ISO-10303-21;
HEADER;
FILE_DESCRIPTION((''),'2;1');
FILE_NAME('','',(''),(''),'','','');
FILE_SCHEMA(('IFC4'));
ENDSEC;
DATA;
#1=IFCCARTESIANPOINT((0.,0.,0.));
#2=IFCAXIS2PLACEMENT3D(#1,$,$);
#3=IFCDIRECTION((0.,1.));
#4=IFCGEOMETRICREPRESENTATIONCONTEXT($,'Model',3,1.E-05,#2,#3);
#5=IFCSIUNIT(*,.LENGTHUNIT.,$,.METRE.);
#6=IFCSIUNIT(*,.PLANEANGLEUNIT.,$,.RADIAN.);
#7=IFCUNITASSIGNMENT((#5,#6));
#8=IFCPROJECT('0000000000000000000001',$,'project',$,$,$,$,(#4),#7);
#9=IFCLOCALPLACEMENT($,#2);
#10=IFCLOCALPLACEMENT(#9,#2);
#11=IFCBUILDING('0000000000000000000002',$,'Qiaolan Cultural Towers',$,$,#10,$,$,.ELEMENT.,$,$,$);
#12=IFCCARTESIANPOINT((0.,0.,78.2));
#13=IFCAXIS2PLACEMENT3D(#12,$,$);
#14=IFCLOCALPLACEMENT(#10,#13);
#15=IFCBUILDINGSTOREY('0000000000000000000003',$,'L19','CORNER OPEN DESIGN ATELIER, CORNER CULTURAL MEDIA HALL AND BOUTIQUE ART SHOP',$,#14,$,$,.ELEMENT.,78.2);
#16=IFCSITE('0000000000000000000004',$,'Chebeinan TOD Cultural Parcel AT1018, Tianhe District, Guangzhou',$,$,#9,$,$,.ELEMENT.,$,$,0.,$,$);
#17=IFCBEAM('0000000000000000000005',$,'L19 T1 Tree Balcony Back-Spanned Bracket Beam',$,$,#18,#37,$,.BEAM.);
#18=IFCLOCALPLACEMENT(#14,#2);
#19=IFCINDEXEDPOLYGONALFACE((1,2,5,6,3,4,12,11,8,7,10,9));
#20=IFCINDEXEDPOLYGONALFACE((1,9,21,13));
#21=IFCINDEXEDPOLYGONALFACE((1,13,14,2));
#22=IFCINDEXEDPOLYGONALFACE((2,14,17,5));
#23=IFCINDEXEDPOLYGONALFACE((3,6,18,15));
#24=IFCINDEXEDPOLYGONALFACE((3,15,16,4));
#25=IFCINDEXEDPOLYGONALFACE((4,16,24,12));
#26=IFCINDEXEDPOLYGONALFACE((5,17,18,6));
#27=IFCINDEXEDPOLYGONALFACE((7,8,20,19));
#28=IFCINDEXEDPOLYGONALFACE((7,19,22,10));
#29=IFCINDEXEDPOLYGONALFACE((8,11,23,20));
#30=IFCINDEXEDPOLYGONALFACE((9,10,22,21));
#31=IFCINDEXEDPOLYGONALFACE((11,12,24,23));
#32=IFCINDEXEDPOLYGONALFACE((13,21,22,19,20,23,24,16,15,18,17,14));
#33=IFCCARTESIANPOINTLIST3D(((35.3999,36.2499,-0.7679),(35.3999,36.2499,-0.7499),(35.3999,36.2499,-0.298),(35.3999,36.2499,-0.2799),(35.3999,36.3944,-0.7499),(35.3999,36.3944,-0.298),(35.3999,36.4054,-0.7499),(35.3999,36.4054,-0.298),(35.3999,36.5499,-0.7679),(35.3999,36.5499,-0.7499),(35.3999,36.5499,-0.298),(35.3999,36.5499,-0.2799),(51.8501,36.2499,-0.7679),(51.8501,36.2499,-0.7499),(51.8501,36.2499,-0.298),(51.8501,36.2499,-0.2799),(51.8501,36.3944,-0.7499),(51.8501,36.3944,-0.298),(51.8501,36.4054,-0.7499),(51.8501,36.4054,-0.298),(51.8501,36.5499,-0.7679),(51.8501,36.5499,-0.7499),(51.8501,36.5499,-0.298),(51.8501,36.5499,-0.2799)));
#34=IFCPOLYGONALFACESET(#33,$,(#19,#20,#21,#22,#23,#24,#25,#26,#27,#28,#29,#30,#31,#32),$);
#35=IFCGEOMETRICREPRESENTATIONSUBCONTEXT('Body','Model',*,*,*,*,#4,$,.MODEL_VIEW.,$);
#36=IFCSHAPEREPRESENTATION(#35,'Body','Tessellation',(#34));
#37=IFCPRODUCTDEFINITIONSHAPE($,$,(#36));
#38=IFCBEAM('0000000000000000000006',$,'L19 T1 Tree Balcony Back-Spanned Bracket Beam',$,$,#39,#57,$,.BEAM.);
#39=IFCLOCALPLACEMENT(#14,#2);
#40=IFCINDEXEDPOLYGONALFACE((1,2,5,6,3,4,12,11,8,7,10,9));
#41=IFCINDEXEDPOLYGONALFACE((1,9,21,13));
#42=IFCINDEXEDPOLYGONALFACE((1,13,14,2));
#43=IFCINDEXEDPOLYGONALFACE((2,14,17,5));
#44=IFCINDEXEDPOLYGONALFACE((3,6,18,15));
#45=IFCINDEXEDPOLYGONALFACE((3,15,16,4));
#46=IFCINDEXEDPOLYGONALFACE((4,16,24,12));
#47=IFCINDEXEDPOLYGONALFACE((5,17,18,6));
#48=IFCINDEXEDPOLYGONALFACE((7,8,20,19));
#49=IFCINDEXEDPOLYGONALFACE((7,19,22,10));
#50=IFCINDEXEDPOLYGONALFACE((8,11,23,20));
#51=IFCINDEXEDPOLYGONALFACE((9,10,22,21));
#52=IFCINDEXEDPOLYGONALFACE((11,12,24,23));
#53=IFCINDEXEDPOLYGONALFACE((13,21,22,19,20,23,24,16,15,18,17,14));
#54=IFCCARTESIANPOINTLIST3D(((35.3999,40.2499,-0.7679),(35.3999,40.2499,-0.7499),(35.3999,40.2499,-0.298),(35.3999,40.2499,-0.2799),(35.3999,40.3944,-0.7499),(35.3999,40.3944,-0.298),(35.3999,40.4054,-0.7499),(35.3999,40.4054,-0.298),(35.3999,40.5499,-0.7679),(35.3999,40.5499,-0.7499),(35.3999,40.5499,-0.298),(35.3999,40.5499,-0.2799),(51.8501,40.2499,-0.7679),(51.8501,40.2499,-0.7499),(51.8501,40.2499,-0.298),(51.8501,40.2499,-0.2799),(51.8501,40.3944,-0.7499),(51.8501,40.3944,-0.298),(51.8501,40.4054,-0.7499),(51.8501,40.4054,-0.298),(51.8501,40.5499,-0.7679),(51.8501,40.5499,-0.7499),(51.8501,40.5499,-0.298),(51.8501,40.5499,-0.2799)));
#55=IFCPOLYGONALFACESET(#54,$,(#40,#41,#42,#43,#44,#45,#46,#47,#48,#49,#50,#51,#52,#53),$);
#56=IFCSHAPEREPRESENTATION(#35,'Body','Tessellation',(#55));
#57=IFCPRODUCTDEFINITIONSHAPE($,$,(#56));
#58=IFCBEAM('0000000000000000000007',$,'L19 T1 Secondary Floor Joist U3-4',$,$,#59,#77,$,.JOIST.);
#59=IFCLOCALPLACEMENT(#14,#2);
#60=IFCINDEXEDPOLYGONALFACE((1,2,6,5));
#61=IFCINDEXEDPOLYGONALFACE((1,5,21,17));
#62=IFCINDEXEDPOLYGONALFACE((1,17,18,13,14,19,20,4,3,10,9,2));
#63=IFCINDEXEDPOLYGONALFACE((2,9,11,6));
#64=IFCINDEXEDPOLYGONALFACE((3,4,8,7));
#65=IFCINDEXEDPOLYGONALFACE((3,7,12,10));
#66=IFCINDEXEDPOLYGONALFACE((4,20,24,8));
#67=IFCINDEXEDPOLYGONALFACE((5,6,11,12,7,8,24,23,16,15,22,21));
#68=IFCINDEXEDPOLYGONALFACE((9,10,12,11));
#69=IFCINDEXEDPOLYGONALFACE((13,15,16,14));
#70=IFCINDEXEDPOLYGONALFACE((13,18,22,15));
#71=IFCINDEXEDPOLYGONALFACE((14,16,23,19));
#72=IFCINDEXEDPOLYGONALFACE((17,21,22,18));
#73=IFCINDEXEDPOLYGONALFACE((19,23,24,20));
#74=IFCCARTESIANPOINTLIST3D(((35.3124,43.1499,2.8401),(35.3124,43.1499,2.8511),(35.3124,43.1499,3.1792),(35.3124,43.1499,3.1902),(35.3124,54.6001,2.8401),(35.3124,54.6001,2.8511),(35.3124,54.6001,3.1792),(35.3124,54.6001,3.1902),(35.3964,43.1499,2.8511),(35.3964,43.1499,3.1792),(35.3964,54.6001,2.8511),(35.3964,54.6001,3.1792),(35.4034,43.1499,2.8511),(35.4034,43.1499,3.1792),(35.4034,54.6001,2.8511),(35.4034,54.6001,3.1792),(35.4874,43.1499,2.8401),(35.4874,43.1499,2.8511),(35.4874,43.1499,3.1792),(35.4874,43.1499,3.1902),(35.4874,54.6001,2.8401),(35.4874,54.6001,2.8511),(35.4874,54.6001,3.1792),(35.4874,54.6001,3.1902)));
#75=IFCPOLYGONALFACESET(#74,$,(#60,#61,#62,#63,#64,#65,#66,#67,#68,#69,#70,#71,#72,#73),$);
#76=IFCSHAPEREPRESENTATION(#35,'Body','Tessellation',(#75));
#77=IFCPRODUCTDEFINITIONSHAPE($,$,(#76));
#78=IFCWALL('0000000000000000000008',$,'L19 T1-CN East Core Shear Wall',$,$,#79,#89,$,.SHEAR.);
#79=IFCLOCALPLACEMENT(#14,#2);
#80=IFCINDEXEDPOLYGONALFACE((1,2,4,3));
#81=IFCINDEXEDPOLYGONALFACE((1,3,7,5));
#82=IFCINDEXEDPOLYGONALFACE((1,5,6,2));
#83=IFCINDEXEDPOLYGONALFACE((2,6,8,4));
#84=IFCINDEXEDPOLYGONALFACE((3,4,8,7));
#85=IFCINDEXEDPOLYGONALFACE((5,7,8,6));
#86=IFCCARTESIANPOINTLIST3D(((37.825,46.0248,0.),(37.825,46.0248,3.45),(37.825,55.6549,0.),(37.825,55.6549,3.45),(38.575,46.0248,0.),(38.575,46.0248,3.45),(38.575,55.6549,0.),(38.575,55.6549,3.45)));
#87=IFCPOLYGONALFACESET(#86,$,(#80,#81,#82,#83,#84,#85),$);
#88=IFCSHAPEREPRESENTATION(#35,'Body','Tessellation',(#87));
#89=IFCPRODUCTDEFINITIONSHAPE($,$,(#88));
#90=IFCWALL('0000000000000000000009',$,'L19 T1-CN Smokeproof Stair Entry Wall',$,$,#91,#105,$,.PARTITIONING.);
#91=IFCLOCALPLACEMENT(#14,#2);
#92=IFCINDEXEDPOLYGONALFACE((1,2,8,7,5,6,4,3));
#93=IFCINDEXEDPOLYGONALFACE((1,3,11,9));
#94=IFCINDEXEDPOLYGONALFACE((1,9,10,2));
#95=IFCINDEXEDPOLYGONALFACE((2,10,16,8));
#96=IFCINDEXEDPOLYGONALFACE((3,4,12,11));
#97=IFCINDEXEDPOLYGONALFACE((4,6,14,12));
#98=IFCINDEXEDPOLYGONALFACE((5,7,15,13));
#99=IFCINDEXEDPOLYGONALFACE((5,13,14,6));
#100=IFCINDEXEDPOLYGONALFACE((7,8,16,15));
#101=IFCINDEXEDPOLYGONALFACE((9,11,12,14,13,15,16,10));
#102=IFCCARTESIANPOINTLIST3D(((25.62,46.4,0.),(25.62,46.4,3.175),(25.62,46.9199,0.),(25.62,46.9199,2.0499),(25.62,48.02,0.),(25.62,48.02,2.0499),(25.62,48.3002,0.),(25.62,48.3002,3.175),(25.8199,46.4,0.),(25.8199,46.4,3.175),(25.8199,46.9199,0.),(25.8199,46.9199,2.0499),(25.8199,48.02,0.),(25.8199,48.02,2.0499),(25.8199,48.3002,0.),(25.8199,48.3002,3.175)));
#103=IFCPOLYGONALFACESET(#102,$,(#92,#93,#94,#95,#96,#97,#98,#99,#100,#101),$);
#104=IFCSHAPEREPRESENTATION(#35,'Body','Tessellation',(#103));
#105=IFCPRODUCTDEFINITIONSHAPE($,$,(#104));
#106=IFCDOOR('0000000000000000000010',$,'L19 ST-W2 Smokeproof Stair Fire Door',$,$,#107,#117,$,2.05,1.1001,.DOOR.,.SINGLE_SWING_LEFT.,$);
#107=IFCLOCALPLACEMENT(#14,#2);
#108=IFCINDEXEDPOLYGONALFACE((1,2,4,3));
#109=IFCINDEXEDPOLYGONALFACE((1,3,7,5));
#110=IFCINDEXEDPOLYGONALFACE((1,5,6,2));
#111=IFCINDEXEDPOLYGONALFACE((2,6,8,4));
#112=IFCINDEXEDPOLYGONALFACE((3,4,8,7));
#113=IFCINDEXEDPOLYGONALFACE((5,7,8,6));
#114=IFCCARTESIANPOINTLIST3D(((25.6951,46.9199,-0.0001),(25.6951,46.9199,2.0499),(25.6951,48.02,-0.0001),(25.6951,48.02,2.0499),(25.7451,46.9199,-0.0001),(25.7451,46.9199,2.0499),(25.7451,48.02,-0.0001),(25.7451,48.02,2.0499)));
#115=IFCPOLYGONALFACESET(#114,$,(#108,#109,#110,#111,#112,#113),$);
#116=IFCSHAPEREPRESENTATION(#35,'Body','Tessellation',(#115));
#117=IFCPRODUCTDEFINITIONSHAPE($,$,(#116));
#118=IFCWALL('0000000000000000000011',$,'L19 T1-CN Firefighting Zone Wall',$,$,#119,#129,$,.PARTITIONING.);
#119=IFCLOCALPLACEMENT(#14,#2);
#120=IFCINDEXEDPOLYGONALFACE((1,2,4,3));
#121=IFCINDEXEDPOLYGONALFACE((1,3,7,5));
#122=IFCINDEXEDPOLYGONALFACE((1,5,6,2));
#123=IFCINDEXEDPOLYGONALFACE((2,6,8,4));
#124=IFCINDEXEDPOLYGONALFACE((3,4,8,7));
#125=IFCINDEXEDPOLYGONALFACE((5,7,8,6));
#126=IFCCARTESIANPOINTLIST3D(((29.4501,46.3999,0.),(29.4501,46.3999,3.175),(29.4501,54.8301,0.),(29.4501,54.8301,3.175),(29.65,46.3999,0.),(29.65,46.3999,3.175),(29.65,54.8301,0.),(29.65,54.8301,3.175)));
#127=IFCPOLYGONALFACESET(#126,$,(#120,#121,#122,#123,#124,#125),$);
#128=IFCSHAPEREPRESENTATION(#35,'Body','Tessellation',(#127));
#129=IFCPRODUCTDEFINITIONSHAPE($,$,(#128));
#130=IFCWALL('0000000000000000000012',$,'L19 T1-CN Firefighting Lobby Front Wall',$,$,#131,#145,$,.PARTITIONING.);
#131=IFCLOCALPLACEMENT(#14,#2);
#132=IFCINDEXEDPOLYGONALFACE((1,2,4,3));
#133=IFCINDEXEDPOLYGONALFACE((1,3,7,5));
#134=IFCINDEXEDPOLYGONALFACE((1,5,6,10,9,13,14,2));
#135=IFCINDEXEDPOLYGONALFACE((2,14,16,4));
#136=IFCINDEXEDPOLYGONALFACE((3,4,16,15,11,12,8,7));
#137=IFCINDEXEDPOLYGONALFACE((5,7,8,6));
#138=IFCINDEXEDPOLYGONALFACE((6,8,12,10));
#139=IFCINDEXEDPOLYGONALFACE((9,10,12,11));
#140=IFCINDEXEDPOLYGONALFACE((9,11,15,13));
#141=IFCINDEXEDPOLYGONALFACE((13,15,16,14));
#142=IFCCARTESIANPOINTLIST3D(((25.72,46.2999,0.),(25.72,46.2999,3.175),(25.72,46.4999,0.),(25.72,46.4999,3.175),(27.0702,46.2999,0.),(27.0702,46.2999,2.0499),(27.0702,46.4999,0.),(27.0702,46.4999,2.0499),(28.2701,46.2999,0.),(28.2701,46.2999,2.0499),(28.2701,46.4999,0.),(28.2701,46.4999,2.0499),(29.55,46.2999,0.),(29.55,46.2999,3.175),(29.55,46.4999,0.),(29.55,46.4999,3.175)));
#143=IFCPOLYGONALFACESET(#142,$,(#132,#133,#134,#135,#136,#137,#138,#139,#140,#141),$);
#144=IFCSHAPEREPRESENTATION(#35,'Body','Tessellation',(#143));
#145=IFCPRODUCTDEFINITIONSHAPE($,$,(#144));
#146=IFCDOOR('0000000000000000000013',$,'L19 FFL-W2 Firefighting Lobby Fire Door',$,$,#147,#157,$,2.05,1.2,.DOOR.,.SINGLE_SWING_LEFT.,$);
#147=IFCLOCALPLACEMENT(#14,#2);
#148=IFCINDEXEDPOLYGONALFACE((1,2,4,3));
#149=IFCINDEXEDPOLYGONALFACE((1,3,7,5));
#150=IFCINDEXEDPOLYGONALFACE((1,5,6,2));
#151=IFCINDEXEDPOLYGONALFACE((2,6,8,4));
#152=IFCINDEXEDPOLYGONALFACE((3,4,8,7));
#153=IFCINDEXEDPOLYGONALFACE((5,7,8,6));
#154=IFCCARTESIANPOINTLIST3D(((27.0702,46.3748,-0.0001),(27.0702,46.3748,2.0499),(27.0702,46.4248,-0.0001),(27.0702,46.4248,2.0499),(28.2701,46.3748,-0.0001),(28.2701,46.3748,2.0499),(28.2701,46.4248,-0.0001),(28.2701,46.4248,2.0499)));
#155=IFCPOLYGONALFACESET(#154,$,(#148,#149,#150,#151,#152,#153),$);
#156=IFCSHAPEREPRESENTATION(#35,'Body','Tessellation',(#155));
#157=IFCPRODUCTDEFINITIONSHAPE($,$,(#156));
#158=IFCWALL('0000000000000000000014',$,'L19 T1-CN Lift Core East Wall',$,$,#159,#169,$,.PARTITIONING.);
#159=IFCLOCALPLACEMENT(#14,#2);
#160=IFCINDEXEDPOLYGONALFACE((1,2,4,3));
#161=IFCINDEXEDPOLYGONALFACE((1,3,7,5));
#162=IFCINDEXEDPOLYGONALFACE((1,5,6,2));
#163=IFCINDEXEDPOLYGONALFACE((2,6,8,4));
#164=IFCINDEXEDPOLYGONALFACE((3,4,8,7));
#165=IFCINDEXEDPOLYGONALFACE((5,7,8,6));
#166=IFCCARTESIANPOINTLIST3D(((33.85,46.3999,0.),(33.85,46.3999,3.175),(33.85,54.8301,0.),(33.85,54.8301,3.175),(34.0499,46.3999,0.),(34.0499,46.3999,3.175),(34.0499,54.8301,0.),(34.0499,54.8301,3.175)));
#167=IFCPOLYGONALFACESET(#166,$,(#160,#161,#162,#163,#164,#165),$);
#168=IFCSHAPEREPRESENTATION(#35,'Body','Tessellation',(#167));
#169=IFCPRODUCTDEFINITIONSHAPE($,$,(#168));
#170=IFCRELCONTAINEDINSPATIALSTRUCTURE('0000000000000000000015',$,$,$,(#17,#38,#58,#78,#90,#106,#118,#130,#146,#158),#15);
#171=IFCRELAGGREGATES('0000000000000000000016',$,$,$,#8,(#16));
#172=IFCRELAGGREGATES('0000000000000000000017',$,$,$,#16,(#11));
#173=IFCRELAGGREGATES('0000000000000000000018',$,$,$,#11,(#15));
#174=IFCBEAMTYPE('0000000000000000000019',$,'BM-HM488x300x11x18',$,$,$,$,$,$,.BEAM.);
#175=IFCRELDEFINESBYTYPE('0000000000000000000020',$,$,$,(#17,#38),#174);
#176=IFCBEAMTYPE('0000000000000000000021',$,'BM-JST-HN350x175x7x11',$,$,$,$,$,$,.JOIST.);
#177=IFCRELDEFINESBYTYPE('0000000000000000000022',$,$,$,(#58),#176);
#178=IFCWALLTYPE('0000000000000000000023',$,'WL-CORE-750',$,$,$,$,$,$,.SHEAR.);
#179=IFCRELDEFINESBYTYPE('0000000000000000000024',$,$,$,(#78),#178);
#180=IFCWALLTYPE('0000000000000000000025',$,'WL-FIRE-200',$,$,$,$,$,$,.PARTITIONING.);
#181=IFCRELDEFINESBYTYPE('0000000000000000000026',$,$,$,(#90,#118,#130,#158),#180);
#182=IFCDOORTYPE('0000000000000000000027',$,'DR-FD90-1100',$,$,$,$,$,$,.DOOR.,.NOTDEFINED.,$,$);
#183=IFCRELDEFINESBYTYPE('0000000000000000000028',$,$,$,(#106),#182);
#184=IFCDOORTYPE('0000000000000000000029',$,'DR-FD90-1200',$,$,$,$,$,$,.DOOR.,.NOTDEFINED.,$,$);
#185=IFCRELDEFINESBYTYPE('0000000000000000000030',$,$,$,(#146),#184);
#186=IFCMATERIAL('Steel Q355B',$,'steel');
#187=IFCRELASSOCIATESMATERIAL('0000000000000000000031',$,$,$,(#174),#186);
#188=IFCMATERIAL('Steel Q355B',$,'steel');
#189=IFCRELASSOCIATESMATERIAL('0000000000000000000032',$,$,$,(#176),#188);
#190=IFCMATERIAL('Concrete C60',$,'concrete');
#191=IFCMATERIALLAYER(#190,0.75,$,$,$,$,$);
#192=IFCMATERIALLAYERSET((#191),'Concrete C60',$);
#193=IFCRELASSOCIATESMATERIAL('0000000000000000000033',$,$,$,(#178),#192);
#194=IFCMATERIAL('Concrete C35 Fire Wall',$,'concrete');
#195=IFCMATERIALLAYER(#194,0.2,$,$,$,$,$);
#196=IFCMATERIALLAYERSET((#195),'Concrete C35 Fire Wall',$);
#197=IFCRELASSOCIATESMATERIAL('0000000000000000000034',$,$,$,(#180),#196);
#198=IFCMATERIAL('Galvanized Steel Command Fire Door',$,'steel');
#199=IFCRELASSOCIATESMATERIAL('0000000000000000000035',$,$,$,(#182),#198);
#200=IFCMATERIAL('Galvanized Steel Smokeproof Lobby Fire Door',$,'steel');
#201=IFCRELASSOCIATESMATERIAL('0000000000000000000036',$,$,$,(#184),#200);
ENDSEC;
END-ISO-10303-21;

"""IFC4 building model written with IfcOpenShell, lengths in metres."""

from ifc_helpers import new_model, si_unit, direction, frame, frame_2d, origin, origin_2d, place, context, subcontext, project, spatial, rectangle, i_section, extrude, material, layer, layer_set, material_profile, profile_set, type_object, element, fill, save


model = new_model("IFC4")

# Units and contexts
model_context = context("Model", 3, precision=1e-05, world=origin(), true_north=direction((0.0, 1.0)))
body_context = subcontext(model_context, "Body", "Model", "MODEL_VIEW")
ifc_project = project(units=[si_unit("LENGTHUNIT", "METRE"), si_unit("PLANEANGLEUNIT", "RADIAN")], contexts=[model_context])

# Site, building, storey
site_placement = place(None, origin())
site = spatial("IfcSite", under=ifc_project, at=site_placement, Name="Chebeinan TOD Cultural Parcel AT1018, Tianhe District, Guangzhou", CompositionType="ELEMENT", RefElevation=0.0)
building_placement = place(site_placement, origin())
building = spatial("IfcBuilding", under=site, at=building_placement, Name="Qiaolan Cultural Towers", CompositionType="ELEMENT")
storey_placement = place(building_placement, frame((0.0, 0.0, 78.2)))
storey = spatial("IfcBuildingStorey", under=building, at=storey_placement, Name="L19", Description="CORNER OPEN DESIGN ATELIER, CORNER CULTURAL MEDIA HALL AND BOUTIQUE ART SHOP", CompositionType="ELEMENT", Elevation=78.2)

# Beams
ifc_material_1 = material(Name="Steel Q355B", Category="steel")
ifc_material_profile_1 = material_profile(ifc_material_1, i_section(OverallWidth=0.3, OverallDepth=0.488, WebThickness=0.011, FlangeThickness=0.0181, at=origin_2d()), Name="HM488x300x11x18")
ifc_profile_set_1 = profile_set([ifc_material_profile_1], Name="Steel Q355B")
beam_type_1 = type_object("IfcBeamType", Name="BM-HM488x300x11x18", PredefinedType="BEAM", material=ifc_profile_set_1)
for number, where, z_axis, x_axis, name in (
    (1, (35.3999, 36.3999, -0.5239), (1.0, 0.0, 0.0), (0.0, 1.0, 0.0), "L19 T1 Tree Balcony Back-Spanned Bracket Beam"),
    (2, (35.3999, 40.3999, -0.5239), (1.0, 0.0, 0.0), (0.0, 1.0, 0.0), "L19 T1 Tree Balcony Back-Spanned Bracket Beam"),
):
    element("IfcBeam", number, at=place(storey_placement, frame(where, z_axis=z_axis, x_axis=x_axis)), inside=storey, type_object=beam_type_1, Name=name, PredefinedType="BEAM", context=body_context, shape_type="SweptSolid", body=[
        extrude(i_section(OverallWidth=0.3, OverallDepth=0.488, WebThickness=0.011, FlangeThickness=0.0181, at=origin_2d()), origin(), (0.0, 0.0, 1.0), 16.4502),
    ])
ifc_material_2 = material(Name="Steel Q355B", Category="steel")
ifc_material_profile_2 = material_profile(ifc_material_2, i_section(OverallWidth=0.175, OverallDepth=0.3501, WebThickness=0.0071, FlangeThickness=0.011, at=origin_2d()), Name="HN350x175x7x11")
ifc_profile_set_2 = profile_set([ifc_material_profile_2], Name="Steel Q355B")
beam_type_2 = type_object("IfcBeamType", Name="BM-JST-HN350x175x7x11", PredefinedType="JOIST", material=ifc_profile_set_2)
beam_placement = place(storey_placement, frame((35.3999, 43.1499, 3.0151), z_axis=(0.0, 1.0, 0.0), x_axis=(-1.0, 0.0, 0.0)))
element("IfcBeam", 3, at=beam_placement, inside=storey, type_object=beam_type_2, Name="L19 T1 Secondary Floor Joist U3-4", PredefinedType="JOIST", context=body_context, shape_type="SweptSolid", body=[
    extrude(i_section(OverallWidth=0.175, OverallDepth=0.3501, WebThickness=0.0071, FlangeThickness=0.011, at=origin_2d()), origin(), (0.0, 0.0, 1.0), 11.4502),
])

# Wall
ifc_material_3 = material(Name="Concrete C60", Category="concrete")
ifc_layer_1 = layer(ifc_material_3, 0.75)
ifc_layer_set_1 = layer_set([ifc_layer_1], Name="Concrete C60")
wall_type_1 = type_object("IfcWallType", Name="WL-CORE-750", PredefinedType="SHEAR", material=ifc_layer_set_1)
wall_1_placement = place(storey_placement, frame((38.2, 46.0249, 0.0), z_axis=(0.0, 0.0, 1.0), x_axis=(0.0, 1.0, 0.0)))
element("IfcWall", 4, at=wall_1_placement, inside=storey, type_object=wall_type_1, Name="L19 T1-CN East Core Shear Wall", PredefinedType="SHEAR", context=body_context, shape_type="SweptSolid", body=[
    extrude(rectangle(XDim=9.6301, YDim=0.75, at=frame_2d((4.8149, 0.0))), origin(), (0.0, 0.0, 1.0), 3.45),
])

# Wall, opening, door
ifc_material_4 = material(Name="Concrete C35 Fire Wall", Category="concrete")
ifc_layer_2 = layer(ifc_material_4, 0.2)
ifc_layer_set_2 = layer_set([ifc_layer_2], Name="Concrete C35 Fire Wall")
wall_type_2 = type_object("IfcWallType", Name="WL-FIRE-200", PredefinedType="PARTITIONING", material=ifc_layer_set_2)
wall_2_placement = place(storey_placement, frame((25.72, 46.3999, 0.0), z_axis=(0.0, 0.0, 1.0), x_axis=(0.0, 1.0, 0.0)))
wall_2 = element("IfcWall", 5, at=wall_2_placement, inside=storey, type_object=wall_type_2, Name="L19 T1-CN Smokeproof Stair Entry Wall", PredefinedType="PARTITIONING", context=body_context, shape_type="SweptSolid", body=[
    extrude(rectangle(XDim=1.9001, YDim=0.2, at=frame_2d((0.9502, 0.0))), origin(), (0.0, 0.0, 1.0), 3.175),
])
opening_1_placement = place(wall_2_placement, frame((0.52, 0.0, 0.0)))
opening_1 = element("IfcOpeningElement", 6, at=opening_1_placement, cuts=wall_2, PredefinedType="OPENING", context=body_context, shape_type="SweptSolid", body=[
    extrude(rectangle(XDim=1.1001, YDim=2.05, at=frame_2d((0.55, 1.0249))), frame((0.0, 0.1099, 0.0), z_axis=(0.0, -1.0, 0.0), x_axis=(1.0, 0.0, 0.0)), (0.0, 0.0, 1.0), 0.22),
])
ifc_material_5 = material(Name="Galvanized Steel Command Fire Door", Category="steel")
door_type_1 = type_object("IfcDoorType", Name="DR-FD90-1100", OperationType="NOTDEFINED", PredefinedType="DOOR", material=ifc_material_5)
door_1_placement = place(opening_1_placement, origin())
door_1 = element("IfcDoor", 7, at=door_1_placement, inside=storey, type_object=door_type_1, Name="L19 ST-W2 Smokeproof Stair Fire Door", OperationType="SINGLE_SWING_LEFT", OverallHeight=2.05, OverallWidth=1.1001, PredefinedType="DOOR", context=body_context, shape_type="SweptSolid", body=[
    extrude(rectangle(XDim=1.1001, YDim=2.05, at=frame_2d((0.55, 1.0249))), frame((0.0, 0.0249, 0.0), z_axis=(0.0, -1.0, 0.0), x_axis=(1.0, 0.0, 0.0)), (0.0, 0.0, 1.0), 0.05),
])
fill(opening_1, door_1)

# Wall
wall_3_placement = place(storey_placement, frame((29.55, 46.3999, 0.0), z_axis=(0.0, 0.0, 1.0), x_axis=(0.0, 1.0, 0.0)))
element("IfcWall", 8, at=wall_3_placement, inside=storey, type_object=wall_type_2, Name="L19 T1-CN Firefighting Zone Wall", PredefinedType="PARTITIONING", context=body_context, shape_type="SweptSolid", body=[
    extrude(rectangle(XDim=8.4302, YDim=0.2, at=frame_2d((4.2151, 0.0))), origin(), (0.0, 0.0, 1.0), 3.175),
])

# Wall, opening, door
wall_4_placement = place(storey_placement, frame((25.72, 46.3999, 0.0), z_axis=(0.0, 0.0, 1.0), x_axis=(1.0, 0.0, 0.0)))
wall_4 = element("IfcWall", 9, at=wall_4_placement, inside=storey, type_object=wall_type_2, Name="L19 T1-CN Firefighting Lobby Front Wall", PredefinedType="PARTITIONING", context=body_context, shape_type="SweptSolid", body=[
    extrude(rectangle(XDim=3.8301, YDim=0.2, at=frame_2d((1.915, 0.0))), origin(), (0.0, 0.0, 1.0), 3.175),
])
opening_2_placement = place(wall_4_placement, frame((1.3501, 0.0, 0.0)))
opening_2 = element("IfcOpeningElement", 10, at=opening_2_placement, cuts=wall_4, PredefinedType="OPENING", context=body_context, shape_type="SweptSolid", body=[
    extrude(rectangle(XDim=1.2, YDim=2.05, at=frame_2d((0.6001, 1.0249))), frame((0.0, 0.1099, 0.0), z_axis=(0.0, -1.0, 0.0), x_axis=(1.0, 0.0, 0.0)), (0.0, 0.0, 1.0), 0.22),
])
ifc_material_6 = material(Name="Galvanized Steel Smokeproof Lobby Fire Door", Category="steel")
door_type_2 = type_object("IfcDoorType", Name="DR-FD90-1200", OperationType="NOTDEFINED", PredefinedType="DOOR", material=ifc_material_6)
door_2_placement = place(opening_2_placement, origin())
door_2 = element("IfcDoor", 11, at=door_2_placement, inside=storey, type_object=door_type_2, Name="L19 FFL-W2 Firefighting Lobby Fire Door", OperationType="SINGLE_SWING_LEFT", OverallHeight=2.05, OverallWidth=1.2, PredefinedType="DOOR", context=body_context, shape_type="SweptSolid", body=[
    extrude(rectangle(XDim=1.2, YDim=2.05, at=frame_2d((0.6001, 1.0249))), frame((0.0, 0.0249, 0.0), z_axis=(0.0, -1.0, 0.0), x_axis=(1.0, 0.0, 0.0)), (0.0, 0.0, 1.0), 0.05),
])
fill(opening_2, door_2)

# Wall
wall_5_placement = place(storey_placement, frame((33.95, 46.3999, 0.0), z_axis=(0.0, 0.0, 1.0), x_axis=(0.0, 1.0, 0.0)))
element("IfcWall", 12, at=wall_5_placement, inside=storey, type_object=wall_type_2, Name="L19 T1-CN Lift Core East Wall", PredefinedType="PARTITIONING", context=body_context, shape_type="SweptSolid", body=[
    extrude(rectangle(XDim=8.4302, YDim=0.2, at=frame_2d((4.2151, 0.0))), origin(), (0.0, 0.0, 1.0), 3.175),
])

save(model, "model.ifc")
